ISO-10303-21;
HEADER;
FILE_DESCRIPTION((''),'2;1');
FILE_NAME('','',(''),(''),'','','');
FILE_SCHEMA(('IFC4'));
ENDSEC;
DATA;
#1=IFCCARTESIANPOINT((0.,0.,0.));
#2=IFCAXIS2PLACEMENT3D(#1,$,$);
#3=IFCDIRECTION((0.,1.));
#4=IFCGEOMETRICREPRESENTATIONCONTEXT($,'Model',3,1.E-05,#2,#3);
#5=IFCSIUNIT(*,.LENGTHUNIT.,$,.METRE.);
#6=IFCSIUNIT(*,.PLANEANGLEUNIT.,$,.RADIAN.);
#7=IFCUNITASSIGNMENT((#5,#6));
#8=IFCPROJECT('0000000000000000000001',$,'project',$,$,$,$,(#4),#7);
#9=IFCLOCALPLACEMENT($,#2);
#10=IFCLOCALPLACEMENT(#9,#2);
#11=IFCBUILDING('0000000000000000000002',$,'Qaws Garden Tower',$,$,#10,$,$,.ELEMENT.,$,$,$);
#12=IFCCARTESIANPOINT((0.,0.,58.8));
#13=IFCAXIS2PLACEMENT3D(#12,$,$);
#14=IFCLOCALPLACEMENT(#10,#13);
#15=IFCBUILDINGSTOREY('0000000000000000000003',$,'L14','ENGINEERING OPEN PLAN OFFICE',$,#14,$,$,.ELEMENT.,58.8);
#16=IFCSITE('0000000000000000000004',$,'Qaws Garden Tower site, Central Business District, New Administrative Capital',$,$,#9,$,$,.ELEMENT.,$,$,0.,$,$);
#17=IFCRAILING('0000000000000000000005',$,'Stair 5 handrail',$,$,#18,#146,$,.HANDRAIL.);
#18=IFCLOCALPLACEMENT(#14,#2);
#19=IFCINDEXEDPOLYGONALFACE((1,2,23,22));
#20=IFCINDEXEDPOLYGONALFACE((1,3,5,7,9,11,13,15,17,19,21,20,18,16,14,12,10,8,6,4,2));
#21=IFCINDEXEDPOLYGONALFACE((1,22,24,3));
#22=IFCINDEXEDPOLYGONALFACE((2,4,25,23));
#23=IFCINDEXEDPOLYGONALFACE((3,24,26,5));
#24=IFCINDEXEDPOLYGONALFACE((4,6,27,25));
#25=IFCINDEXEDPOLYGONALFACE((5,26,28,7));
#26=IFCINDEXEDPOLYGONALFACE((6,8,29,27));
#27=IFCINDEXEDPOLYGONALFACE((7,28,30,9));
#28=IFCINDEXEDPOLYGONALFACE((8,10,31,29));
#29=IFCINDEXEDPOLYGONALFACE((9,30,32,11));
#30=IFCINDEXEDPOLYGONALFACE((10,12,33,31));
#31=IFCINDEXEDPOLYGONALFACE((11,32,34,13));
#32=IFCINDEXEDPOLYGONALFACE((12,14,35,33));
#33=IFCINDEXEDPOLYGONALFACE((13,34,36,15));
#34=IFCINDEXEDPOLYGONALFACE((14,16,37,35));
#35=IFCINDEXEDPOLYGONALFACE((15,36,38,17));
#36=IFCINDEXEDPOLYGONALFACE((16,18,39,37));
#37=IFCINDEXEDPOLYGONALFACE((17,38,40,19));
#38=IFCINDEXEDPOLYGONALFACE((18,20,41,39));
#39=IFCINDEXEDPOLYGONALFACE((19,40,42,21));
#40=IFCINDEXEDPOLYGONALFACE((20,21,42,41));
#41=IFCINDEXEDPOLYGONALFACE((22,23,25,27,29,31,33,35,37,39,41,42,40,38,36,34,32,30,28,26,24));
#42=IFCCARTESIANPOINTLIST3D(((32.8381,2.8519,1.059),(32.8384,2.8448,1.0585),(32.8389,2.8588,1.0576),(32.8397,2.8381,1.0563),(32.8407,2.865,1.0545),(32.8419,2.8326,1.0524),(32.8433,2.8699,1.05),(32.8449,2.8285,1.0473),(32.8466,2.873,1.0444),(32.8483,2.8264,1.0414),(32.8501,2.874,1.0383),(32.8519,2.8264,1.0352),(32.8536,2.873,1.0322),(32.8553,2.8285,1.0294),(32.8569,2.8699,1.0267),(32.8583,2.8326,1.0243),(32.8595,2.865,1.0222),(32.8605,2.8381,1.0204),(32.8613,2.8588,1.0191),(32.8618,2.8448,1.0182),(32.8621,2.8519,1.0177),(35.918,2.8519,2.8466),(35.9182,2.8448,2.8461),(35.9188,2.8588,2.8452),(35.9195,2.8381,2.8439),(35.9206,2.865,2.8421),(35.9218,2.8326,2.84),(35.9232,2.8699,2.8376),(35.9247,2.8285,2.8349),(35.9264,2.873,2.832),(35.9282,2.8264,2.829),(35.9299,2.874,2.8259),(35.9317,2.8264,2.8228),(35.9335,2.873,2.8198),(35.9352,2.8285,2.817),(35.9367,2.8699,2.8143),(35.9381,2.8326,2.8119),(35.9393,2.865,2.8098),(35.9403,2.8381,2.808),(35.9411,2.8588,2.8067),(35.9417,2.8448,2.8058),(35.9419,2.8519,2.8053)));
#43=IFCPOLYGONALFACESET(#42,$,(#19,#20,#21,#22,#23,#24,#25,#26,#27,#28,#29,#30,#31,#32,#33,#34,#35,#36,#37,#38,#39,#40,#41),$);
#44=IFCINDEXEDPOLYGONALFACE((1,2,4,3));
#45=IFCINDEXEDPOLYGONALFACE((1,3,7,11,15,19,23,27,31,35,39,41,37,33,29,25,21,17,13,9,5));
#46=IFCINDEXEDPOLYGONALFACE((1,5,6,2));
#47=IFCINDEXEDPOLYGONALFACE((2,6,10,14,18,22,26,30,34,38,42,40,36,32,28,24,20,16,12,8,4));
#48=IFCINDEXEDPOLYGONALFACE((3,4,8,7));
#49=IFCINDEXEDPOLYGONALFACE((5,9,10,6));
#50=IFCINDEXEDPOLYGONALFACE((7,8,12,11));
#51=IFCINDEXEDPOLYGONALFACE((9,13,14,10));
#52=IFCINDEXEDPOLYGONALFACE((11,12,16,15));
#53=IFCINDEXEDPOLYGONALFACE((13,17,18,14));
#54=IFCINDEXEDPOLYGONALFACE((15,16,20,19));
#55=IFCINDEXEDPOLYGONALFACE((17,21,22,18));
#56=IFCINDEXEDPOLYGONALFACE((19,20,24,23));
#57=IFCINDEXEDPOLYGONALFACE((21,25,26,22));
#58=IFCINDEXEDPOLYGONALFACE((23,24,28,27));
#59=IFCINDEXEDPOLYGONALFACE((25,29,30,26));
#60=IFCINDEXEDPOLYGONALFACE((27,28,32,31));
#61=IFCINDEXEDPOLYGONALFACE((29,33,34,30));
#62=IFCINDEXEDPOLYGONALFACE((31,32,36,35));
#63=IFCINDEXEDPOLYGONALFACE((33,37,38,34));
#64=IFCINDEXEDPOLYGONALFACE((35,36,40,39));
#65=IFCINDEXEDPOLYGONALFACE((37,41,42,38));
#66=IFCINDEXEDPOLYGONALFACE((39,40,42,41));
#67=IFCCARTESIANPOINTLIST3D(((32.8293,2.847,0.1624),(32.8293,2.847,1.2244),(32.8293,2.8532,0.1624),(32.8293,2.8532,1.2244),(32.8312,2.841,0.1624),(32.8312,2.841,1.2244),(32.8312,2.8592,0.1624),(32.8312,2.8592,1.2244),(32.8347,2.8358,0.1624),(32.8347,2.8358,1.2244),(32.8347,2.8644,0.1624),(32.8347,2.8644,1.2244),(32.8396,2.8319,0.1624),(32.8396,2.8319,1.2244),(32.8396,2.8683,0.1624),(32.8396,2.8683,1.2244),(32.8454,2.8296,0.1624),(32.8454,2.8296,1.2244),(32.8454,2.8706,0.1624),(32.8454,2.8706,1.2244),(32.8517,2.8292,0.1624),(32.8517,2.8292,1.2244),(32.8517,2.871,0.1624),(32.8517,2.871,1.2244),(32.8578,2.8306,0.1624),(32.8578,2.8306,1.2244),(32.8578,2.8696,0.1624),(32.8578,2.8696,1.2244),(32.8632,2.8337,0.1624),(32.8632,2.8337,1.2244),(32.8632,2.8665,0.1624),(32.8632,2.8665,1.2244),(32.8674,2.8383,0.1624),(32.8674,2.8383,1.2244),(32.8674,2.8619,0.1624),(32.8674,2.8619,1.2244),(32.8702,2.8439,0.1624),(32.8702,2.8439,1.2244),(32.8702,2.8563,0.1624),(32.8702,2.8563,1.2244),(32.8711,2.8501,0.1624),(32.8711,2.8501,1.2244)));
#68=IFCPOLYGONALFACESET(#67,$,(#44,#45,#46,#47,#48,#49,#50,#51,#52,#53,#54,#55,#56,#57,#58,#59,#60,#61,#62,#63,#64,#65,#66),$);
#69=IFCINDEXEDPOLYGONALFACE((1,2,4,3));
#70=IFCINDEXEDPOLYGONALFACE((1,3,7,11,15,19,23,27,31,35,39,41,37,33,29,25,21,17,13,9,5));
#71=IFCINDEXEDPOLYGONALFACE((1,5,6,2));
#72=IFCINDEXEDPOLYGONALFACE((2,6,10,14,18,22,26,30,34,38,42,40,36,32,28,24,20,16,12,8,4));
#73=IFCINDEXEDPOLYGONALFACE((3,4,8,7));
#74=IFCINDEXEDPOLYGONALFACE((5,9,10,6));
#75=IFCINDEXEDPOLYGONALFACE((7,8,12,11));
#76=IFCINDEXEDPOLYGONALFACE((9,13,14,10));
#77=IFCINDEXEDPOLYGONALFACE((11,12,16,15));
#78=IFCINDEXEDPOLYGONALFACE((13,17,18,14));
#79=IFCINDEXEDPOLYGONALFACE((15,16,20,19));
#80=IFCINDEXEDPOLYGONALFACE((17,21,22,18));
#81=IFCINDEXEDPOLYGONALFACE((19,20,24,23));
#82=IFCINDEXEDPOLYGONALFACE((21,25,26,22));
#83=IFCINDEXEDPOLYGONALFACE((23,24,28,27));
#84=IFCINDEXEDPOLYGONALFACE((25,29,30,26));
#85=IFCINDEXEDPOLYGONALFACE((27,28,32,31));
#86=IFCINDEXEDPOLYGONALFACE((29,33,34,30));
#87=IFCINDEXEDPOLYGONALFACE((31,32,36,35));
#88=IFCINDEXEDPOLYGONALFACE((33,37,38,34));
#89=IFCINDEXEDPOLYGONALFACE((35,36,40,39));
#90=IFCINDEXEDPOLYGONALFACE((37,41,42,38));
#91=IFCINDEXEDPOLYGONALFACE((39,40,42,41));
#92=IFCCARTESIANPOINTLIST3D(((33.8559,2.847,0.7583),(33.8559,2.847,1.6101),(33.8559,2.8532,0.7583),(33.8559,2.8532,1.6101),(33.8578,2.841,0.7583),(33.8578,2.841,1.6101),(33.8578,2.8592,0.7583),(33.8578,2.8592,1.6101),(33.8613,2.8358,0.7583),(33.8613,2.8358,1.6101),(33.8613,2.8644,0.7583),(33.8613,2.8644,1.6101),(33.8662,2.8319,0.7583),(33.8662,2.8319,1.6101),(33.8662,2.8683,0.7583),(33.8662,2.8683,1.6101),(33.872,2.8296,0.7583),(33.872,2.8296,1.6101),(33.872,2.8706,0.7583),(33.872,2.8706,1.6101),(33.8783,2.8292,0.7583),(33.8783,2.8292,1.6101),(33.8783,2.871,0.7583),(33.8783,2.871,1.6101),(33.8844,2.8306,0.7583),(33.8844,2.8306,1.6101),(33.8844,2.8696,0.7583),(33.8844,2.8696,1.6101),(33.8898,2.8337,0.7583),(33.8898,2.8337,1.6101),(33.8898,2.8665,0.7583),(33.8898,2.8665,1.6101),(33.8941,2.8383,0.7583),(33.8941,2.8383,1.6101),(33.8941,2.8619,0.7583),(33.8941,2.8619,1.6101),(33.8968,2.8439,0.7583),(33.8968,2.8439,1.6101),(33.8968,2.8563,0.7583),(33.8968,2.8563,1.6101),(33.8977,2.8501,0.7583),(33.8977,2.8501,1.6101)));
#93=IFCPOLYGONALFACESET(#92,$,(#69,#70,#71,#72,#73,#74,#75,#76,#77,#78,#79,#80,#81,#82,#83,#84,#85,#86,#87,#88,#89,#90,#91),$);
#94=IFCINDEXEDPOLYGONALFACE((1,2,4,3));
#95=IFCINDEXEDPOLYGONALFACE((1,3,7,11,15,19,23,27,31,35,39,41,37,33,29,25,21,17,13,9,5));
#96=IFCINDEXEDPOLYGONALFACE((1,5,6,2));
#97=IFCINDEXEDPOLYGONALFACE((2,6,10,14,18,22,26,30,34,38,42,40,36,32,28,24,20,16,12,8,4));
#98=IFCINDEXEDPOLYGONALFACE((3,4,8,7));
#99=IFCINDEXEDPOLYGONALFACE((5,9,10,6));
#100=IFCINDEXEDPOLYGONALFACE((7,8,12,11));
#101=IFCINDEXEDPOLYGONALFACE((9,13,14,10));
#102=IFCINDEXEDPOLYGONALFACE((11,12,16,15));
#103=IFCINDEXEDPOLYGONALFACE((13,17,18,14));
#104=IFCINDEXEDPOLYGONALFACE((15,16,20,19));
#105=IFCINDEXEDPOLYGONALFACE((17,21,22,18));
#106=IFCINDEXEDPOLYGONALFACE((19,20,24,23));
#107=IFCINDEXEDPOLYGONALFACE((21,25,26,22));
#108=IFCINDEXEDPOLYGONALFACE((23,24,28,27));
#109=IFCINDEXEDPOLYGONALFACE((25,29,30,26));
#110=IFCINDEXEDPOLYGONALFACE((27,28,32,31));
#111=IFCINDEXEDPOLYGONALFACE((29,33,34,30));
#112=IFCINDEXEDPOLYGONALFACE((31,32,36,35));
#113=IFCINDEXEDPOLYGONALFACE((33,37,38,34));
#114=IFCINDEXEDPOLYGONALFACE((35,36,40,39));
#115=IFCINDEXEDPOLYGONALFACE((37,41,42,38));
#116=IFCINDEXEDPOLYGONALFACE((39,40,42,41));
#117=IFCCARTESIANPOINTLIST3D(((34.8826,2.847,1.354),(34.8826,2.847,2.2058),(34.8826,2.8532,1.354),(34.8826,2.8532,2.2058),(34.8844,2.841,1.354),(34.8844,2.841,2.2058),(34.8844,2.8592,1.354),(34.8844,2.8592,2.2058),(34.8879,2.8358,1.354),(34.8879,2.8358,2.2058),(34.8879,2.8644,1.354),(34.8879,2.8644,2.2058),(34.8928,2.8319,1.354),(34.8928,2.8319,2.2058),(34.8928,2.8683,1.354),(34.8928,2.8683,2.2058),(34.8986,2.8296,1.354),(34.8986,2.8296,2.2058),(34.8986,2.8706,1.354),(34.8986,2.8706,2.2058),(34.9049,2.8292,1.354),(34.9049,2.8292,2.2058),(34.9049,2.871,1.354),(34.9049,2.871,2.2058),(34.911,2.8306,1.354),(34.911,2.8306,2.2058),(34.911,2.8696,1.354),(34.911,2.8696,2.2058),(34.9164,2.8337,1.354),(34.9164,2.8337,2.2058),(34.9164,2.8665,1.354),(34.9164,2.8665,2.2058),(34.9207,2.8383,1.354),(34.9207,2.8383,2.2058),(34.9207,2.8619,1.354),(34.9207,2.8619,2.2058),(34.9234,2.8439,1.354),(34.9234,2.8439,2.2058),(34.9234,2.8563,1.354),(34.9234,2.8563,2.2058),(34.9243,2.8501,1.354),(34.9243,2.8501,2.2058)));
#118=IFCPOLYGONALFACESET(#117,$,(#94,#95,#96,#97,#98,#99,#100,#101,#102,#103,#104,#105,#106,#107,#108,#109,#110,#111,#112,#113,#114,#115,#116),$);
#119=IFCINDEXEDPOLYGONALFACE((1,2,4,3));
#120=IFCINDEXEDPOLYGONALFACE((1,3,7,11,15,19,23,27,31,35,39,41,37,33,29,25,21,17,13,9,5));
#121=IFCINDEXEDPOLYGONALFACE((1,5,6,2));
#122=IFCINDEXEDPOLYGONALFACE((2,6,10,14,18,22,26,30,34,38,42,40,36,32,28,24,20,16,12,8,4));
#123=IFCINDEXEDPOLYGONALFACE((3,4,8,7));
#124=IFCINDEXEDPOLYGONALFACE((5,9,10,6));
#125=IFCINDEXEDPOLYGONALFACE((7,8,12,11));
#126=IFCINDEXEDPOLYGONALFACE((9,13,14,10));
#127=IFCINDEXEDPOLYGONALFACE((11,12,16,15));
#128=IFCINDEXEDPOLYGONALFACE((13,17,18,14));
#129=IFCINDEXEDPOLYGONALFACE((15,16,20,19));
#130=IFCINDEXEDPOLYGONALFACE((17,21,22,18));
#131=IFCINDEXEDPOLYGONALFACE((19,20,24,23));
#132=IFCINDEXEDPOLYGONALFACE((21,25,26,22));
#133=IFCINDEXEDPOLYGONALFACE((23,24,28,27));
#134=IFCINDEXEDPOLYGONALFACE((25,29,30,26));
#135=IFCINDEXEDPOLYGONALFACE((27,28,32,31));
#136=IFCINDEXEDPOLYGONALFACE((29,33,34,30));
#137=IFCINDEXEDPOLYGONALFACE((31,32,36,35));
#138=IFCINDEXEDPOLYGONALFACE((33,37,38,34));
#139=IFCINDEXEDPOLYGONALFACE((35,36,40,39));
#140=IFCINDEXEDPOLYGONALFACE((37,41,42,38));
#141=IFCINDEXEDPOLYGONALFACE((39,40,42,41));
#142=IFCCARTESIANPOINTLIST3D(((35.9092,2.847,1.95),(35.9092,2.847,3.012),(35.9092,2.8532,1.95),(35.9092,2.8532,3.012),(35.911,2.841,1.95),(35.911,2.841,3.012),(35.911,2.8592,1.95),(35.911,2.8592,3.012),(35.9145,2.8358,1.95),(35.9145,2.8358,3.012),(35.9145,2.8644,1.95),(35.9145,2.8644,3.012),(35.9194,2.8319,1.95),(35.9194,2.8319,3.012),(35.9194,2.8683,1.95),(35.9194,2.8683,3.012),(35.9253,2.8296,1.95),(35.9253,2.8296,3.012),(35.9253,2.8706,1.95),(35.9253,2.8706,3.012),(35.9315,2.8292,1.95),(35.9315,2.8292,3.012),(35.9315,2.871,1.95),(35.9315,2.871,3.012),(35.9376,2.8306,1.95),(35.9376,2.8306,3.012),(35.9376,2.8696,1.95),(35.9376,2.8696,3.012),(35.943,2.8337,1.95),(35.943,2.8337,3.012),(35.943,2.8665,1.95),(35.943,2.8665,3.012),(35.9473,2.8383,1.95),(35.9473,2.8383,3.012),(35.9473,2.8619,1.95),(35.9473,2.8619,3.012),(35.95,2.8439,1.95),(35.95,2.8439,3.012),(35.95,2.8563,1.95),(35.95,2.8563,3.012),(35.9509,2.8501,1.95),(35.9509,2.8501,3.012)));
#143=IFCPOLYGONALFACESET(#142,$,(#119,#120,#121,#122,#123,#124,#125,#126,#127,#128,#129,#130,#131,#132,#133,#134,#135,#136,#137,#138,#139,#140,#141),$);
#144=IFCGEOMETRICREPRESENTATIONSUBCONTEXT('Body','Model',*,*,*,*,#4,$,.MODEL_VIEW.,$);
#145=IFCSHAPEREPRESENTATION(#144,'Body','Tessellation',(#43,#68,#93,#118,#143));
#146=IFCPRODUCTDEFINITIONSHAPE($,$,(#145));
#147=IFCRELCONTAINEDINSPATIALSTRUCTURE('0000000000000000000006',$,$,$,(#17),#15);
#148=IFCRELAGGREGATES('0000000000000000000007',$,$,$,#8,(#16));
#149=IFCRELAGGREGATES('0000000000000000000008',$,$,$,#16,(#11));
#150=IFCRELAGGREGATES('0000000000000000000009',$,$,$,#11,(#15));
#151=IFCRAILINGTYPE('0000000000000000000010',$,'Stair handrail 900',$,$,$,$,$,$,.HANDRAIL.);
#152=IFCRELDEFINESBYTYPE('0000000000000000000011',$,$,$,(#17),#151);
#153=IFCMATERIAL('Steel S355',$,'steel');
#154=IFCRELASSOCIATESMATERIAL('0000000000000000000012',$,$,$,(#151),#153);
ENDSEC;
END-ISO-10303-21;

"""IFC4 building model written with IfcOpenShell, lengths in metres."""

from ifc_helpers import new_model, si_unit, direction, frame, origin, origin_2d, place, context, subcontext, project, spatial, circle, extrude, material, type_object, element, save


model = new_model("IFC4")

# Units and contexts
model_context = context("Model", 3, precision=1e-05, world=origin(), true_north=direction((0.0, 1.0)))
body_context = subcontext(model_context, "Body", "Model", "MODEL_VIEW")
ifc_project = project(units=[si_unit("LENGTHUNIT", "METRE"), si_unit("PLANEANGLEUNIT", "RADIAN")], contexts=[model_context])

# Site, building, storey
site_placement = place(None, origin())
site = spatial("IfcSite", under=ifc_project, at=site_placement, Name="Qaws Garden Tower site, Central Business District, New Administrative Capital", CompositionType="ELEMENT", RefElevation=0.0)
building_placement = place(site_placement, origin())
building = spatial("IfcBuilding", under=site, at=building_placement, Name="Qaws Garden Tower", CompositionType="ELEMENT")
storey_placement = place(building_placement, frame((0.0, 0.0, 58.8)))
storey = spatial("IfcBuildingStorey", under=building, at=storey_placement, Name="L14", Description="ENGINEERING OPEN PLAN OFFICE", CompositionType="ELEMENT", Elevation=58.8)

# Railing
ifc_material_1 = material(Name="Steel S355", Category="steel")
railing_type = type_object("IfcRailingType", Name="Stair handrail 900", PredefinedType="HANDRAIL", material=ifc_material_1)
railing_1_placement = place(storey_placement, frame((32.8501, 2.8501, 0.1624)))
element("IfcRailing", 1, at=railing_1_placement, inside=storey, type_object=railing_type, Name="Stair 5 handrail", PredefinedType="HANDRAIL", context=body_context, shape_type="SweptSolid", body=[
    extrude(circle(Radius=0.0239, at=origin_2d()), frame((0.0, 0.0, 0.876), z_axis=(0.864873, 0.0, 0.50199), x_axis=(0.0, 1.0, 0.0)), (0.0, 0.0, 1.0), 3.561),
    extrude(circle(Radius=0.021, at=origin_2d()), origin(), (0.0, 0.0, 1.0), 1.062),
    extrude(circle(Radius=0.021, at=origin_2d()), frame((1.0266, 0.0, 0.5959)), (0.0, 0.0, 1.0), 0.8518),
    extrude(circle(Radius=0.021, at=origin_2d()), frame((2.0532, 0.0, 1.1917)), (0.0, 0.0, 1.0), 0.8518),
    extrude(circle(Radius=0.021, at=origin_2d()), frame((3.0798, 0.0, 1.7876)), (0.0, 0.0, 1.0), 1.062),
])

save(model, "model.ifc")
